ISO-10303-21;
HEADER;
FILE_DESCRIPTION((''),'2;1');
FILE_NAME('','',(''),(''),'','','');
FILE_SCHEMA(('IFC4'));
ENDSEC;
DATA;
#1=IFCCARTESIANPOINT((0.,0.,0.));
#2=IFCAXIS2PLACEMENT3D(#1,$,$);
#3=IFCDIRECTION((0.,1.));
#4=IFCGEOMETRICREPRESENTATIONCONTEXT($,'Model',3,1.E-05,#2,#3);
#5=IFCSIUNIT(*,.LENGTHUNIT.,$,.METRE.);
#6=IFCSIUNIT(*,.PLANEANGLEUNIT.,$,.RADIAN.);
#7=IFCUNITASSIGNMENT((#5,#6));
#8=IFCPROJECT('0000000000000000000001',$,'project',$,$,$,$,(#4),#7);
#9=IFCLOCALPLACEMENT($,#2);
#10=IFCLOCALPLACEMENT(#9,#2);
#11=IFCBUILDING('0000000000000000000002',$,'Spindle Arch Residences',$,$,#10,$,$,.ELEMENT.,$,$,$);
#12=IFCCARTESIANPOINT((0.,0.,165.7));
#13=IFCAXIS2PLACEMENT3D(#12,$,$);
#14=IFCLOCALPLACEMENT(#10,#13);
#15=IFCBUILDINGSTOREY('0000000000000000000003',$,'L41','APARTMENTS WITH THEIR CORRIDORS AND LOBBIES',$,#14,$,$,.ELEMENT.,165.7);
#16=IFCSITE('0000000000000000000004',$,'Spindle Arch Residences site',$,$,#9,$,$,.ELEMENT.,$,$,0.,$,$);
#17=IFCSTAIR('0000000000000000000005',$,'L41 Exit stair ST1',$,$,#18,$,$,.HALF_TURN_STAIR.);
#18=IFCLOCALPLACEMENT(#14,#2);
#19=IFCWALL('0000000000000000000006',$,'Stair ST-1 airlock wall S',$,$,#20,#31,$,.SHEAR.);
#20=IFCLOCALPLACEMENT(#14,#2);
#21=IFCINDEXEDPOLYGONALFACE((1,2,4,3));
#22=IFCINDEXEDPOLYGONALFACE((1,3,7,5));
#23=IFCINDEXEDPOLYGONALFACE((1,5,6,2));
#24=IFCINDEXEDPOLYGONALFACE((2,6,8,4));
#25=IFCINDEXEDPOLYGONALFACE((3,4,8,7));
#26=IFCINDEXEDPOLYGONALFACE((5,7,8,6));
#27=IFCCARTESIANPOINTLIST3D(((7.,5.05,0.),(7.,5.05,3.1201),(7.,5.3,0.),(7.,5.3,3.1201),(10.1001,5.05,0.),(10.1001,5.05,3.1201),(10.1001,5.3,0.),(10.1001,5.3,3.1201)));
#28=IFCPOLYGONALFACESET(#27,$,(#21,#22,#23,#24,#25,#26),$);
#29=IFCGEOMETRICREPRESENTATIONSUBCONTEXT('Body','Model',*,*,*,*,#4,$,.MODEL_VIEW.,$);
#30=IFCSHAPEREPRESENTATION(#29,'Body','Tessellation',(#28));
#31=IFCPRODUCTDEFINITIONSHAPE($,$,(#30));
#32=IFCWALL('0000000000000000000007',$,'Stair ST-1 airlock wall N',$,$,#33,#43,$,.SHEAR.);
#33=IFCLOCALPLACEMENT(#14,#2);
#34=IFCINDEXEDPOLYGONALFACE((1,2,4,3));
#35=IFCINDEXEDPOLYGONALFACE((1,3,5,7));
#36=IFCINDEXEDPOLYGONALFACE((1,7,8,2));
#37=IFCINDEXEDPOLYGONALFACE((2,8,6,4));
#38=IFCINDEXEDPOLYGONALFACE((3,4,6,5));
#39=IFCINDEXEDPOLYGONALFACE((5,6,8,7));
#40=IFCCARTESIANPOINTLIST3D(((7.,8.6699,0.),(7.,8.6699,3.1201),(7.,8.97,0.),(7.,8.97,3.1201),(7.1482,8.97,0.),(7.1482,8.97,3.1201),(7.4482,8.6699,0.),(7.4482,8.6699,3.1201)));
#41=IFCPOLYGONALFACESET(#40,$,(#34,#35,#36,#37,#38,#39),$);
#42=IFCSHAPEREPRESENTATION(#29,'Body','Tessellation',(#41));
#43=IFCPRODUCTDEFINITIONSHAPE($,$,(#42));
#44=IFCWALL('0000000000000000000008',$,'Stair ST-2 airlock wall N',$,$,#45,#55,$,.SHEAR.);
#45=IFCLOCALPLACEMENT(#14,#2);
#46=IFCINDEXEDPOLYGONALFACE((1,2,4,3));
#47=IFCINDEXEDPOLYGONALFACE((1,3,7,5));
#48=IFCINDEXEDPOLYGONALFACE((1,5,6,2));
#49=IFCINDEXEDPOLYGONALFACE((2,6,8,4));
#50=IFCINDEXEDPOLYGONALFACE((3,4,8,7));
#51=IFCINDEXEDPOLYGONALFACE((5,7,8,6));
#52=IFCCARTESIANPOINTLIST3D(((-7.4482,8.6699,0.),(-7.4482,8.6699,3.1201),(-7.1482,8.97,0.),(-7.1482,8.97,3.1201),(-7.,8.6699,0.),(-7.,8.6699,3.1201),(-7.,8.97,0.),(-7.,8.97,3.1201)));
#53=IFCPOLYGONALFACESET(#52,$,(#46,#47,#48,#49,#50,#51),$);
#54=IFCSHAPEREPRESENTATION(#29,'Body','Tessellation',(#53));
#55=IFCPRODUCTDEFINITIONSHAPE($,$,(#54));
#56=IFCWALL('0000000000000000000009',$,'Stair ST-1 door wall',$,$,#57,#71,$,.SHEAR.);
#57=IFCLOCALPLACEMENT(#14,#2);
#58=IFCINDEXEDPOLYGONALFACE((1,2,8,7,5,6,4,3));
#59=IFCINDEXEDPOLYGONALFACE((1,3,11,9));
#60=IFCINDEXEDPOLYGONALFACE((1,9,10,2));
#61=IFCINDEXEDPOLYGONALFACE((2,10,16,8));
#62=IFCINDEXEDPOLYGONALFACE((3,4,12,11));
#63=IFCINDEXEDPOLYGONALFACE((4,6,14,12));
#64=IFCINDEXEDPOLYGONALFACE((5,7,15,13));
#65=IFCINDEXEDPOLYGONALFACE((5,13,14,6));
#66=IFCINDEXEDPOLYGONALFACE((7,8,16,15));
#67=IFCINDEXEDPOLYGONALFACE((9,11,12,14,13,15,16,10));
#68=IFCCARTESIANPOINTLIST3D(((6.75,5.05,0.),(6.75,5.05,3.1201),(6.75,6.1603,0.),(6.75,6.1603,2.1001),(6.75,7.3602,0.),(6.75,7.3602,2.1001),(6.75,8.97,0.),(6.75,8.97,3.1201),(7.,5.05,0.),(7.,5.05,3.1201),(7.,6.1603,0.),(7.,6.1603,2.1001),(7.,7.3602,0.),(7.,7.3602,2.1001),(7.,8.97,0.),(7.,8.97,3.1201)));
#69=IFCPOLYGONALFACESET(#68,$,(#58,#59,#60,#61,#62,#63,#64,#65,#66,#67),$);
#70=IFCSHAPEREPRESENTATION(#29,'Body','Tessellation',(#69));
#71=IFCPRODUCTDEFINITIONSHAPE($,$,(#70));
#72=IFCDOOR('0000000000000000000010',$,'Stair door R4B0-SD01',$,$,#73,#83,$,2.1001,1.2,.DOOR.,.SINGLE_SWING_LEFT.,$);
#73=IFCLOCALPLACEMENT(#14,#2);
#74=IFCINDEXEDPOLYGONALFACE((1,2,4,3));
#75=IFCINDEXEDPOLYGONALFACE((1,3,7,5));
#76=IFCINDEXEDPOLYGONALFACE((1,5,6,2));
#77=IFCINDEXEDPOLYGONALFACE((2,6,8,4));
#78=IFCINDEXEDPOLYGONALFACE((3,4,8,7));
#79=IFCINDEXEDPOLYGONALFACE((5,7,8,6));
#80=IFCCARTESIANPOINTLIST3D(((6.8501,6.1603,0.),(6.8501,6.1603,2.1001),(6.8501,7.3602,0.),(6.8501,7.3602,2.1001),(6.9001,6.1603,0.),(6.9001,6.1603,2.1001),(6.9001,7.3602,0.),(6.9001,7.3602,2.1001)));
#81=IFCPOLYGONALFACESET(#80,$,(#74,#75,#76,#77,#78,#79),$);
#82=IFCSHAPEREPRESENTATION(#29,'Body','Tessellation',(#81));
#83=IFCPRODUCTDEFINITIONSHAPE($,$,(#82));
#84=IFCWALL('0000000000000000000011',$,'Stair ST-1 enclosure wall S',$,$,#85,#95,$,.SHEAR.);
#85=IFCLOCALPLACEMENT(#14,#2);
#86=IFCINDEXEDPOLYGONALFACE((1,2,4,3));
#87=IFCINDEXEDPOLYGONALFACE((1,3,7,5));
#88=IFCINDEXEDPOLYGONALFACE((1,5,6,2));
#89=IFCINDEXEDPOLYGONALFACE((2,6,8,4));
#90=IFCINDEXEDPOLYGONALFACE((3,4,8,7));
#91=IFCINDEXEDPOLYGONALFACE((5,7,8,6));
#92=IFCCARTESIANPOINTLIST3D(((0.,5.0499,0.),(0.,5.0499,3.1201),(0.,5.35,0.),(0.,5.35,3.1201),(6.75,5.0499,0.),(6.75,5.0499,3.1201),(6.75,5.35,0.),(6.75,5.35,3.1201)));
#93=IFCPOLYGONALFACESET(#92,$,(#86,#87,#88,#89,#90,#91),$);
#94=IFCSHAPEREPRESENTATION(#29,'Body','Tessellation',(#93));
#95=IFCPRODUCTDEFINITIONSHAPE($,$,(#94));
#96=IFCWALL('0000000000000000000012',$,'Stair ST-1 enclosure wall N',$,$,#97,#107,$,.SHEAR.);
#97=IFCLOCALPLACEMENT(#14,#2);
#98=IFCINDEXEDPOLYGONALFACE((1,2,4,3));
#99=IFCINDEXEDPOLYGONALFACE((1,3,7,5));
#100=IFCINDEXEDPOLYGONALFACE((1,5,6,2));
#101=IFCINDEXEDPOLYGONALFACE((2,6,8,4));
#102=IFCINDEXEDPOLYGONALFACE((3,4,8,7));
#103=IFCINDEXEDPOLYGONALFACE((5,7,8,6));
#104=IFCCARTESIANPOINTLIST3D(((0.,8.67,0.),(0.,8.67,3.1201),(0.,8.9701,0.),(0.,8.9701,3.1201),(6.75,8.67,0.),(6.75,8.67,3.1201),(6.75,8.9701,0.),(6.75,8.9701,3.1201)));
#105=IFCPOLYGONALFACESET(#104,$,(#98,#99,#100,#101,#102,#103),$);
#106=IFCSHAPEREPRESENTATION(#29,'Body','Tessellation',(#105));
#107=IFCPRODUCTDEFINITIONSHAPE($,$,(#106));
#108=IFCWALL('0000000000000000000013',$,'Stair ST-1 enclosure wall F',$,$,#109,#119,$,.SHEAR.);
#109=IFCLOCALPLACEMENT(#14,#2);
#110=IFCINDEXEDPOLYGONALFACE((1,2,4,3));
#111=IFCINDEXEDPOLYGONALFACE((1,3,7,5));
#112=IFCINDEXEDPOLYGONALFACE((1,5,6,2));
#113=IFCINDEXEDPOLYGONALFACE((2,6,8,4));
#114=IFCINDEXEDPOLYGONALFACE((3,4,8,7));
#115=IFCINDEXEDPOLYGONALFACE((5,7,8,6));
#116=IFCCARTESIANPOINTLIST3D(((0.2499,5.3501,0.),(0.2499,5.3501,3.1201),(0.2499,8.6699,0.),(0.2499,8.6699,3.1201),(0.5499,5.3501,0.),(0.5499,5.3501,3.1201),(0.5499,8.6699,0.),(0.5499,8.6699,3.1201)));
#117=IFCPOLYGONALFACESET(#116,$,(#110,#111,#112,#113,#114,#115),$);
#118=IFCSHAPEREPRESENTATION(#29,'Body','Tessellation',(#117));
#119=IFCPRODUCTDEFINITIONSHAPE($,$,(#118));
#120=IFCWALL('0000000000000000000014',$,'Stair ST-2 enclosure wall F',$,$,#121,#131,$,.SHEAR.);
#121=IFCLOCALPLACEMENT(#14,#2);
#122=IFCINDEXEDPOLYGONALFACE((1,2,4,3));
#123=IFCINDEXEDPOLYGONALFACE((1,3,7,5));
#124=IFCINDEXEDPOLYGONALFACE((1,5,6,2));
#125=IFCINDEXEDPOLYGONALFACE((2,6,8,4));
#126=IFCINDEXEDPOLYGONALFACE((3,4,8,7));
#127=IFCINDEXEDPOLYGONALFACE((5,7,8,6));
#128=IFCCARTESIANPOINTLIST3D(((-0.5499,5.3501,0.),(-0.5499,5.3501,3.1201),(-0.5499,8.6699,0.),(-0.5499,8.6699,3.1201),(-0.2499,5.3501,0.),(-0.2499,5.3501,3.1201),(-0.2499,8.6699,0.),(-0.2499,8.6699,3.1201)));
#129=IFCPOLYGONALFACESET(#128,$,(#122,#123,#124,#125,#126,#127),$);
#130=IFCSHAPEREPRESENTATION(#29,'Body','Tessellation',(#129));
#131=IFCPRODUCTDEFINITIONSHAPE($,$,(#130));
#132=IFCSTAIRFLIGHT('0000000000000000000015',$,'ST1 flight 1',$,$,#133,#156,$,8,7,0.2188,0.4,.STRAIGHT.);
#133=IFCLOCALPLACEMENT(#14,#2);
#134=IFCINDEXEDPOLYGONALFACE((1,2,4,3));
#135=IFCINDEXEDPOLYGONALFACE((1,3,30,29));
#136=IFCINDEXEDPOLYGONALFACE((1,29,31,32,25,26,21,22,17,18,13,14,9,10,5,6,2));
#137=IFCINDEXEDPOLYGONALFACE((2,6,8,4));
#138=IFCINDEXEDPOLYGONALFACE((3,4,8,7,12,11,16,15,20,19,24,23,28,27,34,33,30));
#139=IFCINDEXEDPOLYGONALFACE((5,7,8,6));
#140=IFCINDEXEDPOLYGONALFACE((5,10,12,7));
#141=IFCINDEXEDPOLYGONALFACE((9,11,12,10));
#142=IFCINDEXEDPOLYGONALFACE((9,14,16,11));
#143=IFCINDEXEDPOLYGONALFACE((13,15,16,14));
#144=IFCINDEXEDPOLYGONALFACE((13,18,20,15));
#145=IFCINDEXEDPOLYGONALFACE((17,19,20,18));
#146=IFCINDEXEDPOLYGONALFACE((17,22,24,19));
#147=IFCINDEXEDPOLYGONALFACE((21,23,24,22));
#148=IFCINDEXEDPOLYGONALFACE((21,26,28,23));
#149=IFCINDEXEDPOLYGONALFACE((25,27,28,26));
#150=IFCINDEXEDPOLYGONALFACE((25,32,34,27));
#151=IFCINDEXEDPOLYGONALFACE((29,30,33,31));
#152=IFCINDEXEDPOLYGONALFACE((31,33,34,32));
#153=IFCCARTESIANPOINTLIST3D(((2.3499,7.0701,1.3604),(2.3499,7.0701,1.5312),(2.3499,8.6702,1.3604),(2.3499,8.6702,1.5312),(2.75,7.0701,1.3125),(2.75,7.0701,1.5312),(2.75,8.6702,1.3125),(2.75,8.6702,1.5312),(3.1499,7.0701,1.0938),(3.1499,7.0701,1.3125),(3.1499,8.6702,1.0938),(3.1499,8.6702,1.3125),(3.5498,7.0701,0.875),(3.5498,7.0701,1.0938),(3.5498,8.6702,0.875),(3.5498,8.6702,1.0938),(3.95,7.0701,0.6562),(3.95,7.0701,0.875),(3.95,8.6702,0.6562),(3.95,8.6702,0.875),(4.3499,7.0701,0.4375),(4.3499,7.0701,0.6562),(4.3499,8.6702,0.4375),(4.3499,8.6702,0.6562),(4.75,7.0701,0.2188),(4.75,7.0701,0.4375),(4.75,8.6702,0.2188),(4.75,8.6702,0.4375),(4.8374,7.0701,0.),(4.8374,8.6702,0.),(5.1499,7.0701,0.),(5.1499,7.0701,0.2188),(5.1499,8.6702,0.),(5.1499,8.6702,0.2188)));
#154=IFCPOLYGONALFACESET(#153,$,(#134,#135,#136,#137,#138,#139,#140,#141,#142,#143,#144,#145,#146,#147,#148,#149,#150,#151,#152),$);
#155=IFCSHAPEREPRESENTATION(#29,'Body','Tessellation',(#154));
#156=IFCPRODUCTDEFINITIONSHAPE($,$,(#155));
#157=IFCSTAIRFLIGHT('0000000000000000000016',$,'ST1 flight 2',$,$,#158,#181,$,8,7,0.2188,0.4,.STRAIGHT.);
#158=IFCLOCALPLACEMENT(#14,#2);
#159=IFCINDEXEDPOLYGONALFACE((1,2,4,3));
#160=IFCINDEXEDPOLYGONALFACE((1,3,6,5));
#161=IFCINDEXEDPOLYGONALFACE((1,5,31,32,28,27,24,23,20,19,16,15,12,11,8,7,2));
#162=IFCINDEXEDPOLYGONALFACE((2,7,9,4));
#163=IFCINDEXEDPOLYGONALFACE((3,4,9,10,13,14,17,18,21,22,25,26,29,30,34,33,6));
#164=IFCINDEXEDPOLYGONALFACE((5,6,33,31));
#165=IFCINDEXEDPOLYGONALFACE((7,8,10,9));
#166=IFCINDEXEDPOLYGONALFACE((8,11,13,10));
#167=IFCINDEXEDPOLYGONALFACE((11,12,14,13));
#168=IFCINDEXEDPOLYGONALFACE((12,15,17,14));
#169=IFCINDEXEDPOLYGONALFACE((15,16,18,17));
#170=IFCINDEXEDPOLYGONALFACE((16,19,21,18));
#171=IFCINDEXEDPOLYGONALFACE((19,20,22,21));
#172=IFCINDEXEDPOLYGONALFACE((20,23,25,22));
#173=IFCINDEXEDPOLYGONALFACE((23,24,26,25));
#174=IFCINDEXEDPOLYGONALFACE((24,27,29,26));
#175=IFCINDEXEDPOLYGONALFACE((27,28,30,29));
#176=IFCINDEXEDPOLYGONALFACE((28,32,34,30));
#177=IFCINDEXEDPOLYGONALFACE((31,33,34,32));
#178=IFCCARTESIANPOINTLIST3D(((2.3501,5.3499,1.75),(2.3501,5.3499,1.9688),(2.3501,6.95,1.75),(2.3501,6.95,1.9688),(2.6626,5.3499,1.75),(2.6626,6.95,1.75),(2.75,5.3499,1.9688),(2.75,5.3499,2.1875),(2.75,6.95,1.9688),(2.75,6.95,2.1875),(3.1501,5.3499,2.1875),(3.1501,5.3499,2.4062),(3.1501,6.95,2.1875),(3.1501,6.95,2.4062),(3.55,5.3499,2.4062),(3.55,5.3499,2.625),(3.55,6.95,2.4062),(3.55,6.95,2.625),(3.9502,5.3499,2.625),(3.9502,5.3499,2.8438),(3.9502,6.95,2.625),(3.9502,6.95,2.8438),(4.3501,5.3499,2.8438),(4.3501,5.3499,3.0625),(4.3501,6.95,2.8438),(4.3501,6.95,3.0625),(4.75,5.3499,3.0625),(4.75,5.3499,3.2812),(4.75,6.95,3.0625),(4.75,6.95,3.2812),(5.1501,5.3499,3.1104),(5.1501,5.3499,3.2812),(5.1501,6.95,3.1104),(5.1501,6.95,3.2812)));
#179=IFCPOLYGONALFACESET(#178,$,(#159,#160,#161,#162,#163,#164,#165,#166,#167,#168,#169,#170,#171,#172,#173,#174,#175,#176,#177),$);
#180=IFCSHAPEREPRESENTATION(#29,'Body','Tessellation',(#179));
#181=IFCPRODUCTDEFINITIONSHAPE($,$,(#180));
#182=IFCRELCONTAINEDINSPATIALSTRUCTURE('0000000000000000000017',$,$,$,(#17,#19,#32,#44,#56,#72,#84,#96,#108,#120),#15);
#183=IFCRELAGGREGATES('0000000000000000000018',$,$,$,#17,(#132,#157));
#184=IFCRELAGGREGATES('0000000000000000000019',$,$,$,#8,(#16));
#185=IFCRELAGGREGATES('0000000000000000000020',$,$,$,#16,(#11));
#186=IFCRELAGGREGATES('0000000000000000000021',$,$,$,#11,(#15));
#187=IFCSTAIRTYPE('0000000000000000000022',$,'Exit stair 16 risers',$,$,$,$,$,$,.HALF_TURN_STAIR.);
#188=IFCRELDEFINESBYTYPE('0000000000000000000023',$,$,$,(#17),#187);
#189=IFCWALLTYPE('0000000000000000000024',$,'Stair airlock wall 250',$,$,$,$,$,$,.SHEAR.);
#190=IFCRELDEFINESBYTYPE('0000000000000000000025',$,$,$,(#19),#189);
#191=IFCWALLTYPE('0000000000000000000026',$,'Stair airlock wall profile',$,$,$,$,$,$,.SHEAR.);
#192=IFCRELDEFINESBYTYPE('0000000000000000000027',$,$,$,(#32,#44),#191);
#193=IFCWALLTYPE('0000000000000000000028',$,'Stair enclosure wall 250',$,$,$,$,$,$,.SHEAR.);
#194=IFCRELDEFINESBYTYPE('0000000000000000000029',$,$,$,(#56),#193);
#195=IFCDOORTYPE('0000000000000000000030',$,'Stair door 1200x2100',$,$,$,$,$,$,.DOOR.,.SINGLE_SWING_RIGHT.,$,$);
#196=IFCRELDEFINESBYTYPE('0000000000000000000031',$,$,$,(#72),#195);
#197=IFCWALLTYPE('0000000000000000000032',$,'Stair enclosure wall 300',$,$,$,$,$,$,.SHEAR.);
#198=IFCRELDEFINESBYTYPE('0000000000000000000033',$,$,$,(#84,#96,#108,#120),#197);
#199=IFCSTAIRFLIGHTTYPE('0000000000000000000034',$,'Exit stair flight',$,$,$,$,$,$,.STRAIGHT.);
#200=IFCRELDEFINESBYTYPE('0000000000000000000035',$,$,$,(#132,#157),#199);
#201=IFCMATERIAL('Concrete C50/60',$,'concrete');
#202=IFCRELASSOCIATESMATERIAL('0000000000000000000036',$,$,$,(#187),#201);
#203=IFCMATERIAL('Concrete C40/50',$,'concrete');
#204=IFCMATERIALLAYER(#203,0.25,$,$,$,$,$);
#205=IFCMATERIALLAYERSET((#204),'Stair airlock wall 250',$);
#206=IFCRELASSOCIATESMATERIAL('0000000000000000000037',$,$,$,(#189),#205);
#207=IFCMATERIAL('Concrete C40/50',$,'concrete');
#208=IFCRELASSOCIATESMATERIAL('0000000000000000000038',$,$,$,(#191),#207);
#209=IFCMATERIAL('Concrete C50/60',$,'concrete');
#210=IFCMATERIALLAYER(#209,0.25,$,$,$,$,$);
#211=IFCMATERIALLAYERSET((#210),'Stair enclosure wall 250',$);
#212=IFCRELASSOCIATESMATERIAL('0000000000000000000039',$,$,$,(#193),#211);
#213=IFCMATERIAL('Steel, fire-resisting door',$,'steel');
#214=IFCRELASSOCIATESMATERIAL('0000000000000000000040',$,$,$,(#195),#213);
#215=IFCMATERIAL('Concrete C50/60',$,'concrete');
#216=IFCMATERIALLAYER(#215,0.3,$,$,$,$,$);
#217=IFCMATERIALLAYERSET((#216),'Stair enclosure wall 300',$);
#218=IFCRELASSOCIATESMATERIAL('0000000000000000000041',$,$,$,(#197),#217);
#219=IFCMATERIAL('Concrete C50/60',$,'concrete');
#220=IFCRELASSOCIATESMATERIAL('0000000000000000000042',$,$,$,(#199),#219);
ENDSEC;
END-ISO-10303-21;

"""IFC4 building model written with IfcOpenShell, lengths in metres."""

from ifc_helpers import new_model, si_unit, direction, frame, frame_2d, origin, place, context, subcontext, project, spatial, polyline, rectangle, outline, extrude, material, layer, layer_set, type_object, element, fill, aggregate, save


model = new_model("IFC4")

# Units and contexts
model_context = context("Model", 3, precision=1e-05, world=origin(), true_north=direction((0.0, 1.0)))
body_context = subcontext(model_context, "Body", "Model", "MODEL_VIEW")
ifc_project = project(units=[si_unit("LENGTHUNIT", "METRE"), si_unit("PLANEANGLEUNIT", "RADIAN")], contexts=[model_context])

# Site, building, storey
site_placement = place(None, origin())
site = spatial("IfcSite", under=ifc_project, at=site_placement, Name="Spindle Arch Residences site", CompositionType="ELEMENT", RefElevation=0.0)
building_placement = place(site_placement, origin())
building = spatial("IfcBuilding", under=site, at=building_placement, Name="Spindle Arch Residences", CompositionType="ELEMENT")
storey_placement = place(building_placement, frame((0.0, 0.0, 165.7)))
storey = spatial("IfcBuildingStorey", under=building, at=storey_placement, Name="L41", Description="APARTMENTS WITH THEIR CORRIDORS AND LOBBIES", CompositionType="ELEMENT", Elevation=165.7)

# Stair
ifc_material_1 = material(Name="Concrete C50/60", Category="concrete")
stair_type = type_object("IfcStairType", Name="Exit stair 16 risers", PredefinedType="HALF_TURN_STAIR", material=ifc_material_1)
stair_1_placement = place(storey_placement, origin())
stair_1 = element("IfcStair", 1, at=stair_1_placement, inside=storey, type_object=stair_type, Name="L41 Exit stair ST1", PredefinedType="HALF_TURN_STAIR")

# Walls
ifc_material_2 = material(Name="Concrete C40/50", Category="concrete")
ifc_layer_1 = layer(ifc_material_2, 0.25)
ifc_layer_set_1 = layer_set([ifc_layer_1], Name="Stair airlock wall 250")
wall_type_1 = type_object("IfcWallType", Name="Stair airlock wall 250", PredefinedType="SHEAR", material=ifc_layer_set_1)
wall_1_placement = place(storey_placement, frame((7.0, 5.175, 0.0), z_axis=(0.0, 0.0, 1.0), x_axis=(1.0, 0.0, 0.0)))
element("IfcWall", 2, at=wall_1_placement, inside=storey, type_object=wall_type_1, Name="Stair ST-1 airlock wall S", PredefinedType="SHEAR", context=body_context, shape_type="SweptSolid", body=[
    extrude(rectangle(XDim=3.1001, YDim=0.25, at=frame_2d((1.55, 0.0))), origin(), (0.0, 0.0, 1.0), 3.1201),
])
ifc_material_3 = material(Name="Concrete C40/50", Category="concrete")
wall_type_2 = type_object("IfcWallType", Name="Stair airlock wall profile", PredefinedType="SHEAR", material=ifc_material_3)
wall_2_placement = place(storey_placement, origin())
element("IfcWall", 3, at=wall_2_placement, inside=storey, type_object=wall_type_2, Name="Stair ST-1 airlock wall N", PredefinedType="SHEAR", context=body_context, shape_type="SweptSolid", body=[
    extrude(outline(polyline([(7.4482, 8.6699), (7.0, 8.6699), (7.0, 8.97), (7.1482, 8.97), (7.4482, 8.6699)])), origin(), (0.0, 0.0, 1.0), 3.1201),
])
wall_3_placement = place(storey_placement, origin())
element("IfcWall", 4, at=wall_3_placement, inside=storey, type_object=wall_type_2, Name="Stair ST-2 airlock wall N", PredefinedType="SHEAR", context=body_context, shape_type="SweptSolid", body=[
    extrude(outline(polyline([(-7.1482, 8.97), (-7.0, 8.97), (-7.0, 8.6699), (-7.4482, 8.6699), (-7.1482, 8.97)])), origin(), (0.0, 0.0, 1.0), 3.1201),
])

# Wall, opening, door
ifc_material_4 = material(Name="Concrete C50/60", Category="concrete")
ifc_layer_2 = layer(ifc_material_4, 0.25)
ifc_layer_set_2 = layer_set([ifc_layer_2], Name="Stair enclosure wall 250")
wall_type_3 = type_object("IfcWallType", Name="Stair enclosure wall 250", PredefinedType="SHEAR", material=ifc_layer_set_2)
wall_4_placement = place(storey_placement, frame((6.875, 5.05, 0.0), z_axis=(0.0, 0.0, 1.0), x_axis=(0.0, 1.0, 0.0)))
wall_4 = element("IfcWall", 5, at=wall_4_placement, inside=storey, type_object=wall_type_3, Name="Stair ST-1 door wall", PredefinedType="SHEAR", context=body_context, shape_type="SweptSolid", body=[
    extrude(rectangle(XDim=3.9199, YDim=0.25, at=frame_2d((1.96, 0.0))), origin(), (0.0, 0.0, 1.0), 3.1201),
])
opening_1_placement = place(wall_4_placement, frame((1.1101, 0.0, 0.0)))
opening_1 = element("IfcOpeningElement", 6, at=opening_1_placement, cuts=wall_4, PredefinedType="OPENING", context=body_context, shape_type="SweptSolid", body=[
    extrude(rectangle(XDim=1.2, YDim=2.1001, at=frame_2d((0.6001, 1.05))), frame((0.0, 0.135, 0.0), z_axis=(0.0, -1.0, 0.0), x_axis=(1.0, 0.0, 0.0)), (0.0, 0.0, 1.0), 0.27),
])
ifc_material_5 = material(Name="Steel, fire-resisting door", Category="steel")
door_type_1 = type_object("IfcDoorType", Name="Stair door 1200x2100", OperationType="SINGLE_SWING_RIGHT", PredefinedType="DOOR", material=ifc_material_5)
door_1_placement = place(opening_1_placement, origin())
door_1 = element("IfcDoor", 7, at=door_1_placement, inside=storey, type_object=door_type_1, Name="Stair door R4B0-SD01", OperationType="SINGLE_SWING_LEFT", OverallHeight=2.1001, OverallWidth=1.2, PredefinedType="DOOR", context=body_context, shape_type="SweptSolid", body=[
    extrude(rectangle(XDim=1.2, YDim=2.1001, at=frame_2d((0.6001, 1.05))), frame((0.0, 0.0249, 0.0), z_axis=(0.0, -1.0, 0.0), x_axis=(1.0, 0.0, 0.0)), (0.0, 0.0, 1.0), 0.05),
])
fill(opening_1, door_1)

# Walls
ifc_material_6 = material(Name="Concrete C50/60", Category="concrete")
ifc_layer_3 = layer(ifc_material_6, 0.3)
ifc_layer_set_3 = layer_set([ifc_layer_3], Name="Stair enclosure wall 300")
wall_type_4 = type_object("IfcWallType", Name="Stair enclosure wall 300", PredefinedType="SHEAR", material=ifc_layer_set_3)
for number, where, z_axis, x_axis, name in (
    (8, (0.0, 5.2, 0.0), (0.0, 0.0, 1.0), (1.0, 0.0, 0.0), "Stair ST-1 enclosure wall S"),
    (9, (0.0, 8.8201, 0.0), (0.0, 0.0, 1.0), (1.0, 0.0, 0.0), "Stair ST-1 enclosure wall N"),
):
    element("IfcWall", number, at=place(storey_placement, frame(where, z_axis=z_axis, x_axis=x_axis)), inside=storey, type_object=wall_type_4, Name=name, PredefinedType="SHEAR", context=body_context, shape_type="SweptSolid", body=[
        extrude(rectangle(XDim=6.75, YDim=0.3, at=frame_2d((3.375, 0.0))), origin(), (0.0, 0.0, 1.0), 3.1201),
    ])
for number, where, z_axis, x_axis, name in (
    (10, (0.3999, 5.3501, 0.0), (0.0, 0.0, 1.0), (0.0, 1.0, 0.0), "Stair ST-1 enclosure wall F"),
    (11, (-0.3999, 5.3501, 0.0), (0.0, 0.0, 1.0), (0.0, 1.0, 0.0), "Stair ST-2 enclosure wall F"),
):
    element("IfcWall", number, at=place(storey_placement, frame(where, z_axis=z_axis, x_axis=x_axis)), inside=storey, type_object=wall_type_4, Name=name, PredefinedType="SHEAR", context=body_context, shape_type="SweptSolid", body=[
        extrude(rectangle(XDim=3.3198, YDim=0.3, at=frame_2d((1.6599, 0.0))), origin(), (0.0, 0.0, 1.0), 3.1201),
    ])

# Stair flights
ifc_material_7 = material(Name="Concrete C50/60", Category="concrete")
stair_flight_type = type_object("IfcStairFlightType", Name="Exit stair flight", PredefinedType="STRAIGHT", material=ifc_material_7)
stair_flight_1_placement = place(storey_placement, frame((5.1499, 7.8701, 0.0), z_axis=(0.0, 0.0, 1.0), x_axis=(-1.0, 0.0, 0.0)))
stair_flight_1 = element("IfcStairFlight", 12, at=stair_flight_1_placement, type_object=stair_flight_type, Name="ST1 flight 1", NumberOfRisers=8, NumberOfTreads=7, PredefinedType="STRAIGHT", RiserHeight=0.2188, TreadLength=0.4, context=body_context, shape_type="SweptSolid", body=[
    extrude(outline(polyline([(0.0, 0.0), (0.0, 0.2188), (0.3999, 0.2188), (0.3999, 0.4375), (0.8, 0.4375), (0.8, 0.6562), (1.2, 0.6562), (1.2, 0.875), (1.6001, 0.875), (1.6001, 1.0938), (2.0, 1.0938), (2.0, 1.3125), (2.3999, 1.3125), (2.3999, 1.5312), (2.8, 1.5312), (2.8, 1.75), (2.8, 1.3604), (0.3125, 0.0), (0.0, 0.0)])), frame((0.0, 0.8, 0.0), z_axis=(0.0, -1.0, 0.0), x_axis=(1.0, 0.0, 0.0)), (0.0, 0.0, 1.0), 1.6001),
])
stair_flight_2_placement = place(storey_placement, frame((2.3501, 6.1499, 1.75), z_axis=(0.0, 0.0, 1.0), x_axis=(1.0, 0.0, 0.0)))
stair_flight_2 = element("IfcStairFlight", 13, at=stair_flight_2_placement, type_object=stair_flight_type, Name="ST1 flight 2", NumberOfRisers=8, NumberOfTreads=7, PredefinedType="STRAIGHT", RiserHeight=0.2188, TreadLength=0.4, context=body_context, shape_type="SweptSolid", body=[
    extrude(outline(polyline([(0.0, 0.0), (0.0, 0.2188), (0.3999, 0.2188), (0.3999, 0.4375), (0.8, 0.4375), (0.8, 0.6562), (1.2, 0.6562), (1.2, 0.875), (1.6001, 0.875), (1.6001, 1.0938), (2.0, 1.0938), (2.0, 1.3125), (2.3999, 1.3125), (2.3999, 1.5312), (2.8, 1.5312), (2.8, 1.75), (2.8, 1.3604), (0.3125, 0.0), (0.0, 0.0)])), frame((0.0, 0.8, 0.0), z_axis=(0.0, -1.0, 0.0), x_axis=(1.0, 0.0, 0.0)), (0.0, 0.0, 1.0), 1.6001),
])
aggregate(stair_1, [stair_flight_1, stair_flight_2])

save(model, "model.ifc")
